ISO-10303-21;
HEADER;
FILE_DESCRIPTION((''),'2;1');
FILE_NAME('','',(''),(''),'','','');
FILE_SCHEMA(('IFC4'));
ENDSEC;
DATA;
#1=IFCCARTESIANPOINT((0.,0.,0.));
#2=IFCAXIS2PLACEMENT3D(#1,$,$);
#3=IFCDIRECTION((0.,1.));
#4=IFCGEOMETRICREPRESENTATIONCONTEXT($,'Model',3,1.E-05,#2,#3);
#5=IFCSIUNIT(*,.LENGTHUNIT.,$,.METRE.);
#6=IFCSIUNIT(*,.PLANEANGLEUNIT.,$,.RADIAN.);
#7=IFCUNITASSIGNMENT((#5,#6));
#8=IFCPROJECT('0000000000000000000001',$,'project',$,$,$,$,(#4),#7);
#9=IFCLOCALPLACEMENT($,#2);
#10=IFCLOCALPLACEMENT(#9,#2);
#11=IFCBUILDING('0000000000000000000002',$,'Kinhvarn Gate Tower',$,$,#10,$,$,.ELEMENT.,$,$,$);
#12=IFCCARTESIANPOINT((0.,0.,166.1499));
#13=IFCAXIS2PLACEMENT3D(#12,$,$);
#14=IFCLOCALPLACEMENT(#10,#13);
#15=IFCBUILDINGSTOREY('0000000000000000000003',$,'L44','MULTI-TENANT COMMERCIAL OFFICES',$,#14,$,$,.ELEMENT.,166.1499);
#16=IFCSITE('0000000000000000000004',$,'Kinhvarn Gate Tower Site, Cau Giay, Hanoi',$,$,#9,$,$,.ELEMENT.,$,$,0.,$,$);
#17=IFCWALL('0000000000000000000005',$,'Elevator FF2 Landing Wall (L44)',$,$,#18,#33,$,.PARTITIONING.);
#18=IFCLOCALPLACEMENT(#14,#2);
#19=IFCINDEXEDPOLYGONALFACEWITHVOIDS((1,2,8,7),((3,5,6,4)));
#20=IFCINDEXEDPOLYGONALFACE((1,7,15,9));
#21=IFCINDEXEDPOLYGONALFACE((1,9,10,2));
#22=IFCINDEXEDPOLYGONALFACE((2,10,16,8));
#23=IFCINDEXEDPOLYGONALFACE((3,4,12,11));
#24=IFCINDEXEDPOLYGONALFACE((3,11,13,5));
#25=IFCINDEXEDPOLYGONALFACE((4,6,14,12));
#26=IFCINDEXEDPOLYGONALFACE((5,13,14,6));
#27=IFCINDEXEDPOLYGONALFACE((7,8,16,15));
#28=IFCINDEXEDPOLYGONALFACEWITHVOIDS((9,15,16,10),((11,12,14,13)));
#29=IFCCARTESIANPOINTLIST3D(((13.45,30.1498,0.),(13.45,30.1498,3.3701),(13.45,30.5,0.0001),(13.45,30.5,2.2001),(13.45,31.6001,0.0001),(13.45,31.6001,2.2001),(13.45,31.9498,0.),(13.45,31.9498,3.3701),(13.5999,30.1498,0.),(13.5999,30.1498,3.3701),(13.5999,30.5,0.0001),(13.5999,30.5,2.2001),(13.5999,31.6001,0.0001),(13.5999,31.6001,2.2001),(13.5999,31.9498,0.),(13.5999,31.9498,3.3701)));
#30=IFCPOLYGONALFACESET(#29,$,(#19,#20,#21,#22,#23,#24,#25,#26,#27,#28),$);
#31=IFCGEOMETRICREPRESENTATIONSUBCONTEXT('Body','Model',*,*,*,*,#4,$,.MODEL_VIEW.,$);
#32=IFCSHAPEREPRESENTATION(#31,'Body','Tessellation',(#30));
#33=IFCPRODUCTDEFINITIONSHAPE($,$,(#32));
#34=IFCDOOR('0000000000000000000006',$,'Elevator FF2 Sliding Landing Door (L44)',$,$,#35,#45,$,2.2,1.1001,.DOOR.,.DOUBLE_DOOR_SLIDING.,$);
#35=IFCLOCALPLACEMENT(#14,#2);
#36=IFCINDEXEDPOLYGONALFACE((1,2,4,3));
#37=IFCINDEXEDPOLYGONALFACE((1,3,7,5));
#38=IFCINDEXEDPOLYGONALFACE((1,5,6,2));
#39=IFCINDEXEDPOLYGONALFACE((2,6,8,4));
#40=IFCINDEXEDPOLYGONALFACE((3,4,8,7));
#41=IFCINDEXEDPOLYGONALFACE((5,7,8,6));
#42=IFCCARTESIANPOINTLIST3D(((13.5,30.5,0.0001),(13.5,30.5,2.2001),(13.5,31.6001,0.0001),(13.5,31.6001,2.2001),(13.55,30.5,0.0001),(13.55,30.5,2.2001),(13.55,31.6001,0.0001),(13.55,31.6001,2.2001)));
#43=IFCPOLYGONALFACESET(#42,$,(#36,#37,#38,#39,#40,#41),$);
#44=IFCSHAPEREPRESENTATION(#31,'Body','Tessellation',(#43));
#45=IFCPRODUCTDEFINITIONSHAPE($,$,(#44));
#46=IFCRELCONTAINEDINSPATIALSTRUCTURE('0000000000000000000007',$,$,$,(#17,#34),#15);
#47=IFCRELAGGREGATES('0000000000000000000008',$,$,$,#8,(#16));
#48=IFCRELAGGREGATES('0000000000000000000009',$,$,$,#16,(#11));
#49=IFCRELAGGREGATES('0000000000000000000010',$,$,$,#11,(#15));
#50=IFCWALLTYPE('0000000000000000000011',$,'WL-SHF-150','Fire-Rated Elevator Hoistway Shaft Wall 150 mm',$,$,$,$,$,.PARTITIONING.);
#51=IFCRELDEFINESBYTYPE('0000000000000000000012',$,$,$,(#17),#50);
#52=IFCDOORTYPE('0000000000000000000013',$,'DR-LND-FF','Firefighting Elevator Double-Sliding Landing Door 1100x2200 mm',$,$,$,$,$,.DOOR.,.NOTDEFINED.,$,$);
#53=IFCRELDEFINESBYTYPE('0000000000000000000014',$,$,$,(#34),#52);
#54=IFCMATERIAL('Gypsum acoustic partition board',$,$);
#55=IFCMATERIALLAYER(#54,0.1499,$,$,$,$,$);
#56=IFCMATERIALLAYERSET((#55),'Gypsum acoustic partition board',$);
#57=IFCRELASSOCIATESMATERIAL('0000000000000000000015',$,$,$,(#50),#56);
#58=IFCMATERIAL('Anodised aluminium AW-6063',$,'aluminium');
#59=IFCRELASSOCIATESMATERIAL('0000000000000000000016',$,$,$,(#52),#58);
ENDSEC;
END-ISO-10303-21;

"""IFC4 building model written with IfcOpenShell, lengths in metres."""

from ifc_helpers import new_model, si_unit, direction, frame, frame_2d, origin, place, context, subcontext, project, spatial, rectangle, extrude, material, layer, layer_set, type_object, element, fill, save


model = new_model("IFC4")

# Units and contexts
model_context = context("Model", 3, precision=1e-05, world=origin(), true_north=direction((0.0, 1.0)))
body_context = subcontext(model_context, "Body", "Model", "MODEL_VIEW")
ifc_project = project(units=[si_unit("LENGTHUNIT", "METRE"), si_unit("PLANEANGLEUNIT", "RADIAN")], contexts=[model_context])

# Site, building, storey
site_placement = place(None, origin())
site = spatial("IfcSite", under=ifc_project, at=site_placement, Name="Kinhvarn Gate Tower Site, Cau Giay, Hanoi", CompositionType="ELEMENT", RefElevation=0.0)
building_placement = place(site_placement, origin())
building = spatial("IfcBuilding", under=site, at=building_placement, Name="Kinhvarn Gate Tower", CompositionType="ELEMENT")
storey_placement = place(building_placement, frame((0.0, 0.0, 166.1499)))
storey = spatial("IfcBuildingStorey", under=building, at=storey_placement, Name="L44", Description="MULTI-TENANT COMMERCIAL OFFICES", CompositionType="ELEMENT", Elevation=166.1499)

# Shared definitions
ifc_material_1 = material(Name="Gypsum acoustic partition board")

# Shared definitions
ifc_layer_1 = layer(ifc_material_1, 0.1499)
ifc_layer_set_1 = layer_set([ifc_layer_1], Name="Gypsum acoustic partition board")
wall_type_1 = type_object("IfcWallType", Name="WL-SHF-150", Description="Fire-Rated Elevator Hoistway Shaft Wall 150 mm", PredefinedType="PARTITIONING", material=ifc_layer_set_1)
ifc_material_2 = material(Name="Anodised aluminium AW-6063", Category="aluminium")

# Wall, opening, door
wall_1_placement = place(storey_placement, frame((13.5249, 30.1499, 0.0), z_axis=(0.0, 0.0, 1.0), x_axis=(0.0, 1.0, 0.0)))
wall_1 = element("IfcWall", 1, at=wall_1_placement, inside=storey, type_object=wall_type_1, Name="Elevator FF2 Landing Wall (L44)", PredefinedType="PARTITIONING", context=body_context, shape_type="SweptSolid", body=[
    extrude(rectangle(XDim=1.8, YDim=0.1499, at=frame_2d((0.8999, 0.0))), origin(), (0.0, 0.0, 1.0), 3.3701),
])
opening_1_placement = place(wall_1_placement, frame((0.3501, 0.0, 0.0)))
opening_1 = element("IfcOpeningElement", 2, at=opening_1_placement, cuts=wall_1, PredefinedType="OPENING", context=body_context, shape_type="SweptSolid", body=[
    extrude(rectangle(XDim=1.1001, YDim=2.2, at=frame_2d((0.55, 1.1001))), frame((0.0, 0.085, 0.0), z_axis=(0.0, -1.0, 0.0), x_axis=(1.0, 0.0, 0.0)), (0.0, 0.0, 1.0), 0.1699),
])
door_type_1 = type_object("IfcDoorType", Name="DR-LND-FF", Description="Firefighting Elevator Double-Sliding Landing Door 1100x2200 mm", OperationType="NOTDEFINED", PredefinedType="DOOR", material=ifc_material_2)
door_1_placement = place(opening_1_placement, origin())
door_1 = element("IfcDoor", 3, at=door_1_placement, inside=storey, type_object=door_type_1, Name="Elevator FF2 Sliding Landing Door (L44)", OperationType="DOUBLE_DOOR_SLIDING", OverallHeight=2.2, OverallWidth=1.1001, PredefinedType="DOOR", context=body_context, shape_type="SweptSolid", body=[
    extrude(rectangle(XDim=1.1001, YDim=2.2, at=frame_2d((0.55, 1.1001))), frame((0.0, 0.0249, 0.0), z_axis=(0.0, -1.0, 0.0), x_axis=(1.0, 0.0, 0.0)), (0.0, 0.0, 1.0), 0.05),
])
fill(opening_1, door_1)

save(model, "model.ifc")
